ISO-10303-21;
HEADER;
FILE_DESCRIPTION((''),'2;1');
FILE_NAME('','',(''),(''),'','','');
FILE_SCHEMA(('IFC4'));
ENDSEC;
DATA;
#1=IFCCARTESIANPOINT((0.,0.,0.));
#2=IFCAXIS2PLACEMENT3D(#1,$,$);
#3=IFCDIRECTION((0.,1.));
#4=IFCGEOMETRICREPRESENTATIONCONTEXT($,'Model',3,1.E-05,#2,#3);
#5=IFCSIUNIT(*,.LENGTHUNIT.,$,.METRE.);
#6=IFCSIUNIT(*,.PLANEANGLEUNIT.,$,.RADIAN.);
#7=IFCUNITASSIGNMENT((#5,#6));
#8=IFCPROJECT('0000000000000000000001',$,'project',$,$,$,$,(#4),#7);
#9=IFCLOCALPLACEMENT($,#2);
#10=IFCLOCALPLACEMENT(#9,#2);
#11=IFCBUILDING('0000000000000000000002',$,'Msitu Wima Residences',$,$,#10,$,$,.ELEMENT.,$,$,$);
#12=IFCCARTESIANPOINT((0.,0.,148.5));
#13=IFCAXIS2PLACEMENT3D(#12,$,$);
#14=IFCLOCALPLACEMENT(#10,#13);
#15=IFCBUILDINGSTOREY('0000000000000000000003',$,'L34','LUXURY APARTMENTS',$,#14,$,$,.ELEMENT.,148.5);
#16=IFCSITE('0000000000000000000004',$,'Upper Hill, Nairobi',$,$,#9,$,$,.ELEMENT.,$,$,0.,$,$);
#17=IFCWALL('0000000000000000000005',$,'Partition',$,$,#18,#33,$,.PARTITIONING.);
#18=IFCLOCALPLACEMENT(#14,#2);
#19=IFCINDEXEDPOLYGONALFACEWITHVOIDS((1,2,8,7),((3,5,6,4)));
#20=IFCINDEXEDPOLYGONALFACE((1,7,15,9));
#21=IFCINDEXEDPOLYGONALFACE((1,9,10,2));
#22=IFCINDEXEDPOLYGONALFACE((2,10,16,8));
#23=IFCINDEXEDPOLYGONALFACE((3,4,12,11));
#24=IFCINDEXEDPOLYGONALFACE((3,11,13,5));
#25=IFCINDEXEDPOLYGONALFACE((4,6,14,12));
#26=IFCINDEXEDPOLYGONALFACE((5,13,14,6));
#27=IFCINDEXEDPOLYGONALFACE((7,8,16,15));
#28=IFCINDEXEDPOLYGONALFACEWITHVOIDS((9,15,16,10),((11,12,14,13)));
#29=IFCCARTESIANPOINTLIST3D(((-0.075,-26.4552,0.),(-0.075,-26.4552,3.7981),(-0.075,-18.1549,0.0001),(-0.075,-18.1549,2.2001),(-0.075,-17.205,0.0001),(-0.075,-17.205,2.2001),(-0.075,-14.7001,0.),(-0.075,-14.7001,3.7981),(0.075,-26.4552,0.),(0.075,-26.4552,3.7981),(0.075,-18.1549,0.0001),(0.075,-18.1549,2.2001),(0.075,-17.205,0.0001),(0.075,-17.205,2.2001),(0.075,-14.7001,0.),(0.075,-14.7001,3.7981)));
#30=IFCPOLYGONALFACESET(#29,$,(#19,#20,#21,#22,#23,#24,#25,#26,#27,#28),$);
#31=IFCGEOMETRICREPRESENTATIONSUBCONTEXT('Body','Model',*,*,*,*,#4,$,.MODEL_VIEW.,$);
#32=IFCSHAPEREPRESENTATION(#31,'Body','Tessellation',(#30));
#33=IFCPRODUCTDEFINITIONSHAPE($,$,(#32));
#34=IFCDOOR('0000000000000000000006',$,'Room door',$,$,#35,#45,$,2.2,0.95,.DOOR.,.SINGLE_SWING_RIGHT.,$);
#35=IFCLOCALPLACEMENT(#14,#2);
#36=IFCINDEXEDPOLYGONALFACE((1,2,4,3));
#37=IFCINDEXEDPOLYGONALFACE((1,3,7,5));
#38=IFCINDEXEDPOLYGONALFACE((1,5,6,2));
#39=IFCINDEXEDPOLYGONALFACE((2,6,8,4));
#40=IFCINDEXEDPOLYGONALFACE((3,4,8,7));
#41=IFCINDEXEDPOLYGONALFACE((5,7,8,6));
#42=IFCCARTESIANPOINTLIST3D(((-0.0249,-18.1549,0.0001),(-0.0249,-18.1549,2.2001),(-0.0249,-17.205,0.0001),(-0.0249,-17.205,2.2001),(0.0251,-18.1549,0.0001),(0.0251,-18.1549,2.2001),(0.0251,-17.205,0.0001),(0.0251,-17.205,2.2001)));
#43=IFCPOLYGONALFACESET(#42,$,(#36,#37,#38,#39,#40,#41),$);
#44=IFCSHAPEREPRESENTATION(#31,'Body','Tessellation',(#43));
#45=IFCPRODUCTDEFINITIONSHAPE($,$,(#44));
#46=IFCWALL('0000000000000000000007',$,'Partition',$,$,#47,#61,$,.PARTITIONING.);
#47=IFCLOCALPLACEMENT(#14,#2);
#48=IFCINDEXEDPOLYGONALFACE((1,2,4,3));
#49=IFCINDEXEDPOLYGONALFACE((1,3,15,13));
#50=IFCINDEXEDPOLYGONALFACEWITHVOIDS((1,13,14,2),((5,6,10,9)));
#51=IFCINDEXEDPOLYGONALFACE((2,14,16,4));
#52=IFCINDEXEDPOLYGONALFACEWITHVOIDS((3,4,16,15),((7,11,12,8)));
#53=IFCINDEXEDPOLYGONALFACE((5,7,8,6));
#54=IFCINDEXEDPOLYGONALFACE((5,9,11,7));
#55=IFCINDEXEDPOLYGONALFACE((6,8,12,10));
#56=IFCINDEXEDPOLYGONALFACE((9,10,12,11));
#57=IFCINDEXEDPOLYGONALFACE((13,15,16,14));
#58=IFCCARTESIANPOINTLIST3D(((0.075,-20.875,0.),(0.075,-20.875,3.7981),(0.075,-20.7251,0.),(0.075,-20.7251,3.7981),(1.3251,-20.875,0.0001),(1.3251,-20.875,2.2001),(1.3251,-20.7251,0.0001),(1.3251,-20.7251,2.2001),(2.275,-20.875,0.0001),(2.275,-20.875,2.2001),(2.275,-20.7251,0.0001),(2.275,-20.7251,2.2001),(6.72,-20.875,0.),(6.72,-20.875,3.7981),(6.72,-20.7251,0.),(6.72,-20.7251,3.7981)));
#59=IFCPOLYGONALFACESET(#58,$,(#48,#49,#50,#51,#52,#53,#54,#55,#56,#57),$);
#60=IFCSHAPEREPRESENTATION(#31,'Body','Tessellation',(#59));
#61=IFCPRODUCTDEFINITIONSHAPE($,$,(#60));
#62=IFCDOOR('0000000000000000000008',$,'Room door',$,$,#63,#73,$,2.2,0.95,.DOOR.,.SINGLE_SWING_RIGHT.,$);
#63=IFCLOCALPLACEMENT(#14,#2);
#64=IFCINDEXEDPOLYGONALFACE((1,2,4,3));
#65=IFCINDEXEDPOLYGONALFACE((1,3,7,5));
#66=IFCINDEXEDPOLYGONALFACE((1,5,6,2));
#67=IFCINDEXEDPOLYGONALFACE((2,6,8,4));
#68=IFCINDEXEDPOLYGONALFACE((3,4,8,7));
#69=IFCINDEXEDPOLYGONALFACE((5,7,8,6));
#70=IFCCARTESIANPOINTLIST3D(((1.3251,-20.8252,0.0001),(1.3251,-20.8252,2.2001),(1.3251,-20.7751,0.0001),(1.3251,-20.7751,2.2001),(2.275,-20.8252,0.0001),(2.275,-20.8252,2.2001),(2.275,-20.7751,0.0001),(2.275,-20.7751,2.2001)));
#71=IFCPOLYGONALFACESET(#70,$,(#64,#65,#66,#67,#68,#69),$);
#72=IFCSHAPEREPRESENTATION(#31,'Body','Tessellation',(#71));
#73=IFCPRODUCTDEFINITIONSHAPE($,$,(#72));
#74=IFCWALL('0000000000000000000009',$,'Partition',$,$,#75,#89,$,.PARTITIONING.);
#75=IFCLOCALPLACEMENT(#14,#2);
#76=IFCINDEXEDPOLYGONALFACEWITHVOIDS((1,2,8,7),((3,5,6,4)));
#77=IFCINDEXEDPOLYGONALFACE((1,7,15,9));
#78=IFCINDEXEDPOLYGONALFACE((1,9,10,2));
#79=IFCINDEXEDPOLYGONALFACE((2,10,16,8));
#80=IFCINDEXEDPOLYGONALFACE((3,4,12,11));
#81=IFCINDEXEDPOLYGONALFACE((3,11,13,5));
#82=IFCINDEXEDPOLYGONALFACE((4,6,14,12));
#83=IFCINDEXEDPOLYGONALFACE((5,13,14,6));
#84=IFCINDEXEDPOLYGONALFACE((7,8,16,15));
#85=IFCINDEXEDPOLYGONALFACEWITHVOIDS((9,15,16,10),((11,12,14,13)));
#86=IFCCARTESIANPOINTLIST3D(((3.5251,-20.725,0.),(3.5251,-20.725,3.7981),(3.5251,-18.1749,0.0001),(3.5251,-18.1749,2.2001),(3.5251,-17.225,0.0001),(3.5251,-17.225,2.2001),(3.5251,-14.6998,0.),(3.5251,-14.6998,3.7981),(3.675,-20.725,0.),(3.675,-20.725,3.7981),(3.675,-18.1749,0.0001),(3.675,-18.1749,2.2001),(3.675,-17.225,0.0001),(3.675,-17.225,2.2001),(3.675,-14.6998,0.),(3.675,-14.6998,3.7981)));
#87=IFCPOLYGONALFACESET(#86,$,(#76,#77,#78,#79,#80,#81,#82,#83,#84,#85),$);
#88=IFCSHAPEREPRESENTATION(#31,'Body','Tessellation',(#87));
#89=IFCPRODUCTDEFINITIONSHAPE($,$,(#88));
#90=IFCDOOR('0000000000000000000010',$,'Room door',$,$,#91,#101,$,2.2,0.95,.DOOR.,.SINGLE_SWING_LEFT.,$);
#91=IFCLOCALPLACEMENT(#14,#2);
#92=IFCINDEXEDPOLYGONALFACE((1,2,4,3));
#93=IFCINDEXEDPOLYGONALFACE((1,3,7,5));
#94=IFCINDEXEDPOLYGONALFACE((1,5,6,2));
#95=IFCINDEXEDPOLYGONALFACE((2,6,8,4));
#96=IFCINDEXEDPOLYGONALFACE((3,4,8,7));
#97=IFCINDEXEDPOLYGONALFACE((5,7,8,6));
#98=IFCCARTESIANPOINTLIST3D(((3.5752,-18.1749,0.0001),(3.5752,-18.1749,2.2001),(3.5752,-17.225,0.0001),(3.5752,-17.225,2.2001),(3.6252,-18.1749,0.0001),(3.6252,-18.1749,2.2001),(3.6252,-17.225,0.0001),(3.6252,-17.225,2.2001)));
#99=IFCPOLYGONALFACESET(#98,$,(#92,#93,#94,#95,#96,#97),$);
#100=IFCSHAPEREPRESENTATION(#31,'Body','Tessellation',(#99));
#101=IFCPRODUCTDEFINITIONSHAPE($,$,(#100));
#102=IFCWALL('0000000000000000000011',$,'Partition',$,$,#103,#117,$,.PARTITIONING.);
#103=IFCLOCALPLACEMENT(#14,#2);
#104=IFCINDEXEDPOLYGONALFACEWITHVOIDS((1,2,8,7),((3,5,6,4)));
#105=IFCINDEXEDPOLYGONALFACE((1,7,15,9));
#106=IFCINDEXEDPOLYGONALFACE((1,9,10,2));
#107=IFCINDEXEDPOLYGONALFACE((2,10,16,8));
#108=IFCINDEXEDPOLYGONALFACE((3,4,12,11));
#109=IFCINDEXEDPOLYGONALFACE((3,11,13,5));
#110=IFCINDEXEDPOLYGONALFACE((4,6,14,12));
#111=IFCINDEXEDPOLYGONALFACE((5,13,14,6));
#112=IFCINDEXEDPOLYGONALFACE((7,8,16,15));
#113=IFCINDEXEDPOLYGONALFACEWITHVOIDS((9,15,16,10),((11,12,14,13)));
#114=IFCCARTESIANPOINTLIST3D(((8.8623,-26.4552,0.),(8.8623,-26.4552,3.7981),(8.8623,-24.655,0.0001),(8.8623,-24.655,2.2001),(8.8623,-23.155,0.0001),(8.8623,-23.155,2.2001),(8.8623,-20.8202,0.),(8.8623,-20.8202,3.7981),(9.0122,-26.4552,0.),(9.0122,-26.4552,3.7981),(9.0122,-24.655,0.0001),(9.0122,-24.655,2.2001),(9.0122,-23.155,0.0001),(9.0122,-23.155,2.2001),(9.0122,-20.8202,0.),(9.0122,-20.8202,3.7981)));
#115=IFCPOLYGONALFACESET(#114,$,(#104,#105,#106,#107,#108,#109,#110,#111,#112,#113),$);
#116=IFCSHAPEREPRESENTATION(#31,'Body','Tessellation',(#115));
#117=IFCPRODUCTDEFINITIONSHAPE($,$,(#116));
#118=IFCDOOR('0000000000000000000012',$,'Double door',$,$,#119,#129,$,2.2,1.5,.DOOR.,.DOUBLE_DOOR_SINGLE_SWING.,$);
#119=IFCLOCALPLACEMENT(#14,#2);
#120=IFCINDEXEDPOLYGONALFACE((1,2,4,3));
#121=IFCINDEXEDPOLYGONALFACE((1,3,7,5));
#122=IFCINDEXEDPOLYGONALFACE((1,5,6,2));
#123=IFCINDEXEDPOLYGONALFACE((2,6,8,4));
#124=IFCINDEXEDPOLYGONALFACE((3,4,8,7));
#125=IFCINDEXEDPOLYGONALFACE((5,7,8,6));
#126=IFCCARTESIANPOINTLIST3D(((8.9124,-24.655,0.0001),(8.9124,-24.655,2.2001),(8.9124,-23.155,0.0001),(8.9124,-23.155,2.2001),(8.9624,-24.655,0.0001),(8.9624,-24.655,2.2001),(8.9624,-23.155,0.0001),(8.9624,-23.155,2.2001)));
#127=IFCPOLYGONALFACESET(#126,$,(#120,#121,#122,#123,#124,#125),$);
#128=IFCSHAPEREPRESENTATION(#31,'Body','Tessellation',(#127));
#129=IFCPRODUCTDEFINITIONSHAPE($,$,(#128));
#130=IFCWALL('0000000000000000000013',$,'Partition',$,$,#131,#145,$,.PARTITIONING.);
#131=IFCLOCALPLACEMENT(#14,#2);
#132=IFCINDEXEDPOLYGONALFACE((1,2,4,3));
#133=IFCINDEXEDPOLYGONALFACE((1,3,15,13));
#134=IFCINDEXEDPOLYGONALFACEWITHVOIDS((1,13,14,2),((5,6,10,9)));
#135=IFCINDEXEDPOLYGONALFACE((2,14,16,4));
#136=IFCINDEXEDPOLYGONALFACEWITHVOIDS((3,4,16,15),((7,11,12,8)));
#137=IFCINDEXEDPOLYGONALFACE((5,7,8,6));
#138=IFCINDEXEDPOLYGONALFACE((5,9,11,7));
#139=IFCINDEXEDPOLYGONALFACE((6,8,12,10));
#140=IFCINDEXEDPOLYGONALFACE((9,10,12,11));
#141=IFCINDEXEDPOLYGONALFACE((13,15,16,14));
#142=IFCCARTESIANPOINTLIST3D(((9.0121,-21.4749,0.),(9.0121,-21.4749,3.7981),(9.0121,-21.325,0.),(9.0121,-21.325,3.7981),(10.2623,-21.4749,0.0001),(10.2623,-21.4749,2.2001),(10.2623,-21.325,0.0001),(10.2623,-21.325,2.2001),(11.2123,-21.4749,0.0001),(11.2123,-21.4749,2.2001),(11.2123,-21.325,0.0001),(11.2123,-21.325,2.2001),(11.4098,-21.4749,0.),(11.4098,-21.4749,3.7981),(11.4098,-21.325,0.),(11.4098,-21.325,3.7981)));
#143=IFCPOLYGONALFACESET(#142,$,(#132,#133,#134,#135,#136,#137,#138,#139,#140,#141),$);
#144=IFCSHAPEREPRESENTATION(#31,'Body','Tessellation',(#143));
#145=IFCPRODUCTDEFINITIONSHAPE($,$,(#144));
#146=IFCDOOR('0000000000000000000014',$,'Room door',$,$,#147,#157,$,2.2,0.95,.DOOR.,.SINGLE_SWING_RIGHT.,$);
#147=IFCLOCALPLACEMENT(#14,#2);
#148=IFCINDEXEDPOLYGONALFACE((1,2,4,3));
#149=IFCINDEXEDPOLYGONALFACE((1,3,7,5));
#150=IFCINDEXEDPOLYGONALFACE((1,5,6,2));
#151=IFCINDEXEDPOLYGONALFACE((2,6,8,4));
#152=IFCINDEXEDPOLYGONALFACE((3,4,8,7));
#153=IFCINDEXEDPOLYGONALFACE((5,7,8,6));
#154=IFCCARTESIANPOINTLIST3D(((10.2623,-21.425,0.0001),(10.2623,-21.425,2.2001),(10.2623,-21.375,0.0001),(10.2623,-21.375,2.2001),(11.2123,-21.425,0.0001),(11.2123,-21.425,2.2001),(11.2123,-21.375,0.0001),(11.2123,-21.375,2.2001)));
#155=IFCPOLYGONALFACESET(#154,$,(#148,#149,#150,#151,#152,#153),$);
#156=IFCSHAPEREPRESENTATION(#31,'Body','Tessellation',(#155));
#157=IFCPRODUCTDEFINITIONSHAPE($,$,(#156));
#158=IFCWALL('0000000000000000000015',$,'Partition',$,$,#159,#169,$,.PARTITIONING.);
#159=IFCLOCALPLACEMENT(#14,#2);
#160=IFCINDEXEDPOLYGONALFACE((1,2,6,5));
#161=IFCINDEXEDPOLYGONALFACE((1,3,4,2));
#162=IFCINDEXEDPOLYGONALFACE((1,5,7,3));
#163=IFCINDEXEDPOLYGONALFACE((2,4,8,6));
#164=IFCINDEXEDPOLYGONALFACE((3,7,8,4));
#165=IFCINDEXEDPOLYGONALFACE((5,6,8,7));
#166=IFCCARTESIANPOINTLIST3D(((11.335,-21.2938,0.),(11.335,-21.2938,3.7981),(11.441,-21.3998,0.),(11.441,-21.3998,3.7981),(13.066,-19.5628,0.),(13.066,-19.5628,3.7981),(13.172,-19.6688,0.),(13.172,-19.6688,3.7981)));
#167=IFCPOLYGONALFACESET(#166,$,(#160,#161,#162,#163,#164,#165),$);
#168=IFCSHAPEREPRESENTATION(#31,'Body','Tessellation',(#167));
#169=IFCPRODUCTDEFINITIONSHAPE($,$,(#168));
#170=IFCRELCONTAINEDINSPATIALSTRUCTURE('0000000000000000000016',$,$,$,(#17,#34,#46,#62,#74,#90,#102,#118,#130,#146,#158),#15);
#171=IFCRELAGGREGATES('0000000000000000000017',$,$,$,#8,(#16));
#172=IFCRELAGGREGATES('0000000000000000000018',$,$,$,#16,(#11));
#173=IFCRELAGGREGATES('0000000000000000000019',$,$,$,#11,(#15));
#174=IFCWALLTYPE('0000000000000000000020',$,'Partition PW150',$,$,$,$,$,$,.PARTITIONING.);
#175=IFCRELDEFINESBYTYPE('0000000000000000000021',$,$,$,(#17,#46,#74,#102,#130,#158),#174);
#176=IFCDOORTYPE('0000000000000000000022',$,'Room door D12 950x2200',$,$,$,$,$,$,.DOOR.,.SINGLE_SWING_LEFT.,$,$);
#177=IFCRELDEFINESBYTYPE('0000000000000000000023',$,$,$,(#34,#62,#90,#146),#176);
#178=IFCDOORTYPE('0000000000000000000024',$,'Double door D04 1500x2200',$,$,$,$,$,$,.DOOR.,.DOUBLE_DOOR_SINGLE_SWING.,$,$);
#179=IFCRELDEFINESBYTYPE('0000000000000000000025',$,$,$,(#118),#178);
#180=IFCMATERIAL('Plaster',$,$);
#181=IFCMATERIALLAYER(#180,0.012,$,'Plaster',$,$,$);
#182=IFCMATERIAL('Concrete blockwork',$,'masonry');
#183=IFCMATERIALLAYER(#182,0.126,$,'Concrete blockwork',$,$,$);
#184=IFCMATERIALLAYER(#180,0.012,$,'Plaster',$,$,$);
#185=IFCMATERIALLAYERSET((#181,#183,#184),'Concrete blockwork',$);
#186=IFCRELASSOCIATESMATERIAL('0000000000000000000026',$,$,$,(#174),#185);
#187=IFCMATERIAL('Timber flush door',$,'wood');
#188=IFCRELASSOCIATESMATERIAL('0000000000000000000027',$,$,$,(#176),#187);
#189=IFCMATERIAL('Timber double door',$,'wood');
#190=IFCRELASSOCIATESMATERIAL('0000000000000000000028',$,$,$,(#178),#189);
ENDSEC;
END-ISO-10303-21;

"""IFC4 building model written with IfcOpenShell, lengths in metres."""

from ifc_helpers import new_model, si_unit, direction, frame, frame_2d, origin, place, context, subcontext, project, spatial, rectangle, extrude, material, layer, layer_set, type_object, element, fill, save


model = new_model("IFC4")

# Units and contexts
model_context = context("Model", 3, precision=1e-05, world=origin(), true_north=direction((0.0, 1.0)))
body_context = subcontext(model_context, "Body", "Model", "MODEL_VIEW")
ifc_project = project(units=[si_unit("LENGTHUNIT", "METRE"), si_unit("PLANEANGLEUNIT", "RADIAN")], contexts=[model_context])

# Site, building, storey
site_placement = place(None, origin())
site = spatial("IfcSite", under=ifc_project, at=site_placement, Name="Upper Hill, Nairobi", CompositionType="ELEMENT", RefElevation=0.0)
building_placement = place(site_placement, origin())
building = spatial("IfcBuilding", under=site, at=building_placement, Name="Msitu Wima Residences", CompositionType="ELEMENT")
storey_placement = place(building_placement, frame((0.0, 0.0, 148.5)))
storey = spatial("IfcBuildingStorey", under=building, at=storey_placement, Name="L34", Description="LUXURY APARTMENTS", CompositionType="ELEMENT", Elevation=148.5)

# Walls, openings, doors
ifc_material_1 = material(Name="Plaster")
ifc_layer_1 = layer(ifc_material_1, 0.012, Name="Plaster")
ifc_material_2 = material(Name="Concrete blockwork", Category="masonry")
ifc_layer_2 = layer(ifc_material_2, 0.126, Name="Concrete blockwork")
ifc_layer_3 = layer(ifc_material_1, 0.012, Name="Plaster")
ifc_layer_set_1 = layer_set([ifc_layer_1, ifc_layer_2, ifc_layer_3], Name="Concrete blockwork")
wall_type_1 = type_object("IfcWallType", Name="Partition PW150", PredefinedType="PARTITIONING", material=ifc_layer_set_1)
wall_1_placement = place(storey_placement, frame((0.0, -26.4551, 0.0), z_axis=(0.0, 0.0, 1.0), x_axis=(0.0, 1.0, 0.0)))
wall_1 = element("IfcWall", 1, at=wall_1_placement, inside=storey, type_object=wall_type_1, Name="Partition", PredefinedType="PARTITIONING", context=body_context, shape_type="SweptSolid", body=[
    extrude(rectangle(XDim=11.7551, YDim=0.1499, at=frame_2d((5.8774, 0.0))), origin(), (0.0, 0.0, 1.0), 3.7981),
])
opening_1_placement = place(wall_1_placement, frame((8.3, 0.0, 0.0)))
opening_1 = element("IfcOpeningElement", 2, at=opening_1_placement, cuts=wall_1, PredefinedType="OPENING", context=body_context, shape_type="SweptSolid", body=[
    extrude(rectangle(XDim=0.95, YDim=2.2, at=frame_2d((0.4751, 1.1001))), frame((0.0, 0.085, 0.0), z_axis=(0.0, -1.0, 0.0), x_axis=(1.0, 0.0, 0.0)), (0.0, 0.0, 1.0), 0.1699),
])
ifc_material_3 = material(Name="Timber flush door", Category="wood")
door_type_1 = type_object("IfcDoorType", Name="Room door D12 950x2200", OperationType="SINGLE_SWING_LEFT", PredefinedType="DOOR", material=ifc_material_3)
door_1_placement = place(opening_1_placement, origin())
door_1 = element("IfcDoor", 3, at=door_1_placement, inside=storey, type_object=door_type_1, Name="Room door", OperationType="SINGLE_SWING_RIGHT", OverallHeight=2.2, OverallWidth=0.95, PredefinedType="DOOR", context=body_context, shape_type="SweptSolid", body=[
    extrude(rectangle(XDim=0.95, YDim=2.2, at=frame_2d((0.4751, 1.1001))), frame((0.0, 0.0249, 0.0), z_axis=(0.0, -1.0, 0.0), x_axis=(1.0, 0.0, 0.0)), (0.0, 0.0, 1.0), 0.05),
])
fill(opening_1, door_1)
wall_2_placement = place(storey_placement, frame((0.075, -20.8, 0.0), z_axis=(0.0, 0.0, 1.0), x_axis=(1.0, 0.0, 0.0)))
wall_2 = element("IfcWall", 4, at=wall_2_placement, inside=storey, type_object=wall_type_1, Name="Partition", PredefinedType="PARTITIONING", context=body_context, shape_type="SweptSolid", body=[
    extrude(rectangle(XDim=6.645, YDim=0.1499, at=frame_2d((3.3225, 0.0))), origin(), (0.0, 0.0, 1.0), 3.7981),
])
opening_2_placement = place(wall_2_placement, frame((1.25, 0.0, 0.0)))
opening_2 = element("IfcOpeningElement", 5, at=opening_2_placement, cuts=wall_2, PredefinedType="OPENING", context=body_context, shape_type="SweptSolid", body=[
    extrude(rectangle(XDim=0.95, YDim=2.2, at=frame_2d((0.4751, 1.1001))), frame((0.0, 0.085, 0.0), z_axis=(0.0, -1.0, 0.0), x_axis=(1.0, 0.0, 0.0)), (0.0, 0.0, 1.0), 0.1699),
])
door_2_placement = place(opening_2_placement, origin())
door_2 = element("IfcDoor", 6, at=door_2_placement, inside=storey, type_object=door_type_1, Name="Room door", OperationType="SINGLE_SWING_RIGHT", OverallHeight=2.2, OverallWidth=0.95, PredefinedType="DOOR", context=body_context, shape_type="SweptSolid", body=[
    extrude(rectangle(XDim=0.95, YDim=2.2, at=frame_2d((0.4751, 1.1001))), frame((0.0, 0.0249, 0.0), z_axis=(0.0, -1.0, 0.0), x_axis=(1.0, 0.0, 0.0)), (0.0, 0.0, 1.0), 0.05),
])
fill(opening_2, door_2)
wall_3_placement = place(storey_placement, frame((3.6001, -20.7251, 0.0), z_axis=(0.0, 0.0, 1.0), x_axis=(0.0, 1.0, 0.0)))
wall_3 = element("IfcWall", 7, at=wall_3_placement, inside=storey, type_object=wall_type_1, Name="Partition", PredefinedType="PARTITIONING", context=body_context, shape_type="SweptSolid", body=[
    extrude(rectangle(XDim=6.0251, YDim=0.1499, at=frame_2d((3.0127, 0.0))), origin(), (0.0, 0.0, 1.0), 3.7981),
])
opening_3_placement = place(wall_3_placement, frame((2.55, 0.0, 0.0)))
opening_3 = element("IfcOpeningElement", 8, at=opening_3_placement, cuts=wall_3, PredefinedType="OPENING", context=body_context, shape_type="SweptSolid", body=[
    extrude(rectangle(XDim=0.95, YDim=2.2, at=frame_2d((0.4751, 1.1001))), frame((0.0, 0.085, 0.0), z_axis=(0.0, -1.0, 0.0), x_axis=(1.0, 0.0, 0.0)), (0.0, 0.0, 1.0), 0.1699),
])
door_3_placement = place(opening_3_placement, origin())
door_3 = element("IfcDoor", 9, at=door_3_placement, inside=storey, type_object=door_type_1, Name="Room door", OperationType="SINGLE_SWING_LEFT", OverallHeight=2.2, OverallWidth=0.95, PredefinedType="DOOR", context=body_context, shape_type="SweptSolid", body=[
    extrude(rectangle(XDim=0.95, YDim=2.2, at=frame_2d((0.4751, 1.1001))), frame((0.0, 0.0249, 0.0), z_axis=(0.0, -1.0, 0.0), x_axis=(1.0, 0.0, 0.0)), (0.0, 0.0, 1.0), 0.05),
])
fill(opening_3, door_3)
wall_4_placement = place(storey_placement, frame((8.9373, -26.4551, 0.0), z_axis=(0.0, 0.0, 1.0), x_axis=(0.0, 1.0, 0.0)))
wall_4 = element("IfcWall", 10, at=wall_4_placement, inside=storey, type_object=wall_type_1, Name="Partition", PredefinedType="PARTITIONING", context=body_context, shape_type="SweptSolid", body=[
    extrude(rectangle(XDim=5.635, YDim=0.1499, at=frame_2d((2.8174, 0.0))), origin(), (0.0, 0.0, 1.0), 3.7981),
])
opening_4_placement = place(wall_4_placement, frame((1.8, 0.0, 0.0)))
opening_4 = element("IfcOpeningElement", 11, at=opening_4_placement, cuts=wall_4, PredefinedType="OPENING", context=body_context, shape_type="SweptSolid", body=[
    extrude(rectangle(XDim=1.5, YDim=2.2, at=frame_2d((0.75, 1.1001))), frame((0.0, 0.085, 0.0), z_axis=(0.0, -1.0, 0.0), x_axis=(1.0, 0.0, 0.0)), (0.0, 0.0, 1.0), 0.1699),
])
ifc_material_4 = material(Name="Timber double door", Category="wood")
door_type_2 = type_object("IfcDoorType", Name="Double door D04 1500x2200", OperationType="DOUBLE_DOOR_SINGLE_SWING", PredefinedType="DOOR", material=ifc_material_4)
door_4_placement = place(opening_4_placement, origin())
door_4 = element("IfcDoor", 12, at=door_4_placement, inside=storey, type_object=door_type_2, Name="Double door", OperationType="DOUBLE_DOOR_SINGLE_SWING", OverallHeight=2.2, OverallWidth=1.5, PredefinedType="DOOR", context=body_context, shape_type="SweptSolid", body=[
    extrude(rectangle(XDim=1.5, YDim=2.2, at=frame_2d((0.75, 1.1001))), frame((0.0, 0.0249, 0.0), z_axis=(0.0, -1.0, 0.0), x_axis=(1.0, 0.0, 0.0)), (0.0, 0.0, 1.0), 0.05),
])
fill(opening_4, door_4)
wall_5_placement = place(storey_placement, frame((9.0122, -21.3999, 0.0), z_axis=(0.0, 0.0, 1.0), x_axis=(1.0, 0.0, 0.0)))
wall_5 = element("IfcWall", 13, at=wall_5_placement, inside=storey, type_object=wall_type_1, Name="Partition", PredefinedType="PARTITIONING", context=body_context, shape_type="SweptSolid", body=[
    extrude(rectangle(XDim=2.3977, YDim=0.1499, at=frame_2d((1.1987, 0.0))), origin(), (0.0, 0.0, 1.0), 3.7981),
])
opening_5_placement = place(wall_5_placement, frame((1.25, 0.0, 0.0)))
opening_5 = element("IfcOpeningElement", 14, at=opening_5_placement, cuts=wall_5, PredefinedType="OPENING", context=body_context, shape_type="SweptSolid", body=[
    extrude(rectangle(XDim=0.95, YDim=2.2, at=frame_2d((0.4751, 1.1001))), frame((0.0, 0.085, 0.0), z_axis=(0.0, -1.0, 0.0), x_axis=(1.0, 0.0, 0.0)), (0.0, 0.0, 1.0), 0.1699),
])
door_5_placement = place(opening_5_placement, origin())
door_5 = element("IfcDoor", 15, at=door_5_placement, inside=storey, type_object=door_type_1, Name="Room door", OperationType="SINGLE_SWING_RIGHT", OverallHeight=2.2, OverallWidth=0.95, PredefinedType="DOOR", context=body_context, shape_type="SweptSolid", body=[
    extrude(rectangle(XDim=0.95, YDim=2.2, at=frame_2d((0.4751, 1.1001))), frame((0.0, 0.0249, 0.0), z_axis=(0.0, -1.0, 0.0), x_axis=(1.0, 0.0, 0.0)), (0.0, 0.0, 1.0), 0.05),
])
fill(opening_5, door_5)

# Wall
wall_6_placement = place(storey_placement, frame((11.3879, -21.3469, 0.0), z_axis=(0.0, 0.0, 1.0), x_axis=(0.707107, 0.707107, 0.0)))
element("IfcWall", 16, at=wall_6_placement, inside=storey, type_object=wall_type_1, Name="Partition", PredefinedType="PARTITIONING", context=body_context, shape_type="SweptSolid", body=[
    extrude(rectangle(XDim=2.448, YDim=0.1499, at=frame_2d((1.2241, 0.0))), origin(), (0.0, 0.0, 1.0), 3.7981),
])

save(model, "model.ifc")
